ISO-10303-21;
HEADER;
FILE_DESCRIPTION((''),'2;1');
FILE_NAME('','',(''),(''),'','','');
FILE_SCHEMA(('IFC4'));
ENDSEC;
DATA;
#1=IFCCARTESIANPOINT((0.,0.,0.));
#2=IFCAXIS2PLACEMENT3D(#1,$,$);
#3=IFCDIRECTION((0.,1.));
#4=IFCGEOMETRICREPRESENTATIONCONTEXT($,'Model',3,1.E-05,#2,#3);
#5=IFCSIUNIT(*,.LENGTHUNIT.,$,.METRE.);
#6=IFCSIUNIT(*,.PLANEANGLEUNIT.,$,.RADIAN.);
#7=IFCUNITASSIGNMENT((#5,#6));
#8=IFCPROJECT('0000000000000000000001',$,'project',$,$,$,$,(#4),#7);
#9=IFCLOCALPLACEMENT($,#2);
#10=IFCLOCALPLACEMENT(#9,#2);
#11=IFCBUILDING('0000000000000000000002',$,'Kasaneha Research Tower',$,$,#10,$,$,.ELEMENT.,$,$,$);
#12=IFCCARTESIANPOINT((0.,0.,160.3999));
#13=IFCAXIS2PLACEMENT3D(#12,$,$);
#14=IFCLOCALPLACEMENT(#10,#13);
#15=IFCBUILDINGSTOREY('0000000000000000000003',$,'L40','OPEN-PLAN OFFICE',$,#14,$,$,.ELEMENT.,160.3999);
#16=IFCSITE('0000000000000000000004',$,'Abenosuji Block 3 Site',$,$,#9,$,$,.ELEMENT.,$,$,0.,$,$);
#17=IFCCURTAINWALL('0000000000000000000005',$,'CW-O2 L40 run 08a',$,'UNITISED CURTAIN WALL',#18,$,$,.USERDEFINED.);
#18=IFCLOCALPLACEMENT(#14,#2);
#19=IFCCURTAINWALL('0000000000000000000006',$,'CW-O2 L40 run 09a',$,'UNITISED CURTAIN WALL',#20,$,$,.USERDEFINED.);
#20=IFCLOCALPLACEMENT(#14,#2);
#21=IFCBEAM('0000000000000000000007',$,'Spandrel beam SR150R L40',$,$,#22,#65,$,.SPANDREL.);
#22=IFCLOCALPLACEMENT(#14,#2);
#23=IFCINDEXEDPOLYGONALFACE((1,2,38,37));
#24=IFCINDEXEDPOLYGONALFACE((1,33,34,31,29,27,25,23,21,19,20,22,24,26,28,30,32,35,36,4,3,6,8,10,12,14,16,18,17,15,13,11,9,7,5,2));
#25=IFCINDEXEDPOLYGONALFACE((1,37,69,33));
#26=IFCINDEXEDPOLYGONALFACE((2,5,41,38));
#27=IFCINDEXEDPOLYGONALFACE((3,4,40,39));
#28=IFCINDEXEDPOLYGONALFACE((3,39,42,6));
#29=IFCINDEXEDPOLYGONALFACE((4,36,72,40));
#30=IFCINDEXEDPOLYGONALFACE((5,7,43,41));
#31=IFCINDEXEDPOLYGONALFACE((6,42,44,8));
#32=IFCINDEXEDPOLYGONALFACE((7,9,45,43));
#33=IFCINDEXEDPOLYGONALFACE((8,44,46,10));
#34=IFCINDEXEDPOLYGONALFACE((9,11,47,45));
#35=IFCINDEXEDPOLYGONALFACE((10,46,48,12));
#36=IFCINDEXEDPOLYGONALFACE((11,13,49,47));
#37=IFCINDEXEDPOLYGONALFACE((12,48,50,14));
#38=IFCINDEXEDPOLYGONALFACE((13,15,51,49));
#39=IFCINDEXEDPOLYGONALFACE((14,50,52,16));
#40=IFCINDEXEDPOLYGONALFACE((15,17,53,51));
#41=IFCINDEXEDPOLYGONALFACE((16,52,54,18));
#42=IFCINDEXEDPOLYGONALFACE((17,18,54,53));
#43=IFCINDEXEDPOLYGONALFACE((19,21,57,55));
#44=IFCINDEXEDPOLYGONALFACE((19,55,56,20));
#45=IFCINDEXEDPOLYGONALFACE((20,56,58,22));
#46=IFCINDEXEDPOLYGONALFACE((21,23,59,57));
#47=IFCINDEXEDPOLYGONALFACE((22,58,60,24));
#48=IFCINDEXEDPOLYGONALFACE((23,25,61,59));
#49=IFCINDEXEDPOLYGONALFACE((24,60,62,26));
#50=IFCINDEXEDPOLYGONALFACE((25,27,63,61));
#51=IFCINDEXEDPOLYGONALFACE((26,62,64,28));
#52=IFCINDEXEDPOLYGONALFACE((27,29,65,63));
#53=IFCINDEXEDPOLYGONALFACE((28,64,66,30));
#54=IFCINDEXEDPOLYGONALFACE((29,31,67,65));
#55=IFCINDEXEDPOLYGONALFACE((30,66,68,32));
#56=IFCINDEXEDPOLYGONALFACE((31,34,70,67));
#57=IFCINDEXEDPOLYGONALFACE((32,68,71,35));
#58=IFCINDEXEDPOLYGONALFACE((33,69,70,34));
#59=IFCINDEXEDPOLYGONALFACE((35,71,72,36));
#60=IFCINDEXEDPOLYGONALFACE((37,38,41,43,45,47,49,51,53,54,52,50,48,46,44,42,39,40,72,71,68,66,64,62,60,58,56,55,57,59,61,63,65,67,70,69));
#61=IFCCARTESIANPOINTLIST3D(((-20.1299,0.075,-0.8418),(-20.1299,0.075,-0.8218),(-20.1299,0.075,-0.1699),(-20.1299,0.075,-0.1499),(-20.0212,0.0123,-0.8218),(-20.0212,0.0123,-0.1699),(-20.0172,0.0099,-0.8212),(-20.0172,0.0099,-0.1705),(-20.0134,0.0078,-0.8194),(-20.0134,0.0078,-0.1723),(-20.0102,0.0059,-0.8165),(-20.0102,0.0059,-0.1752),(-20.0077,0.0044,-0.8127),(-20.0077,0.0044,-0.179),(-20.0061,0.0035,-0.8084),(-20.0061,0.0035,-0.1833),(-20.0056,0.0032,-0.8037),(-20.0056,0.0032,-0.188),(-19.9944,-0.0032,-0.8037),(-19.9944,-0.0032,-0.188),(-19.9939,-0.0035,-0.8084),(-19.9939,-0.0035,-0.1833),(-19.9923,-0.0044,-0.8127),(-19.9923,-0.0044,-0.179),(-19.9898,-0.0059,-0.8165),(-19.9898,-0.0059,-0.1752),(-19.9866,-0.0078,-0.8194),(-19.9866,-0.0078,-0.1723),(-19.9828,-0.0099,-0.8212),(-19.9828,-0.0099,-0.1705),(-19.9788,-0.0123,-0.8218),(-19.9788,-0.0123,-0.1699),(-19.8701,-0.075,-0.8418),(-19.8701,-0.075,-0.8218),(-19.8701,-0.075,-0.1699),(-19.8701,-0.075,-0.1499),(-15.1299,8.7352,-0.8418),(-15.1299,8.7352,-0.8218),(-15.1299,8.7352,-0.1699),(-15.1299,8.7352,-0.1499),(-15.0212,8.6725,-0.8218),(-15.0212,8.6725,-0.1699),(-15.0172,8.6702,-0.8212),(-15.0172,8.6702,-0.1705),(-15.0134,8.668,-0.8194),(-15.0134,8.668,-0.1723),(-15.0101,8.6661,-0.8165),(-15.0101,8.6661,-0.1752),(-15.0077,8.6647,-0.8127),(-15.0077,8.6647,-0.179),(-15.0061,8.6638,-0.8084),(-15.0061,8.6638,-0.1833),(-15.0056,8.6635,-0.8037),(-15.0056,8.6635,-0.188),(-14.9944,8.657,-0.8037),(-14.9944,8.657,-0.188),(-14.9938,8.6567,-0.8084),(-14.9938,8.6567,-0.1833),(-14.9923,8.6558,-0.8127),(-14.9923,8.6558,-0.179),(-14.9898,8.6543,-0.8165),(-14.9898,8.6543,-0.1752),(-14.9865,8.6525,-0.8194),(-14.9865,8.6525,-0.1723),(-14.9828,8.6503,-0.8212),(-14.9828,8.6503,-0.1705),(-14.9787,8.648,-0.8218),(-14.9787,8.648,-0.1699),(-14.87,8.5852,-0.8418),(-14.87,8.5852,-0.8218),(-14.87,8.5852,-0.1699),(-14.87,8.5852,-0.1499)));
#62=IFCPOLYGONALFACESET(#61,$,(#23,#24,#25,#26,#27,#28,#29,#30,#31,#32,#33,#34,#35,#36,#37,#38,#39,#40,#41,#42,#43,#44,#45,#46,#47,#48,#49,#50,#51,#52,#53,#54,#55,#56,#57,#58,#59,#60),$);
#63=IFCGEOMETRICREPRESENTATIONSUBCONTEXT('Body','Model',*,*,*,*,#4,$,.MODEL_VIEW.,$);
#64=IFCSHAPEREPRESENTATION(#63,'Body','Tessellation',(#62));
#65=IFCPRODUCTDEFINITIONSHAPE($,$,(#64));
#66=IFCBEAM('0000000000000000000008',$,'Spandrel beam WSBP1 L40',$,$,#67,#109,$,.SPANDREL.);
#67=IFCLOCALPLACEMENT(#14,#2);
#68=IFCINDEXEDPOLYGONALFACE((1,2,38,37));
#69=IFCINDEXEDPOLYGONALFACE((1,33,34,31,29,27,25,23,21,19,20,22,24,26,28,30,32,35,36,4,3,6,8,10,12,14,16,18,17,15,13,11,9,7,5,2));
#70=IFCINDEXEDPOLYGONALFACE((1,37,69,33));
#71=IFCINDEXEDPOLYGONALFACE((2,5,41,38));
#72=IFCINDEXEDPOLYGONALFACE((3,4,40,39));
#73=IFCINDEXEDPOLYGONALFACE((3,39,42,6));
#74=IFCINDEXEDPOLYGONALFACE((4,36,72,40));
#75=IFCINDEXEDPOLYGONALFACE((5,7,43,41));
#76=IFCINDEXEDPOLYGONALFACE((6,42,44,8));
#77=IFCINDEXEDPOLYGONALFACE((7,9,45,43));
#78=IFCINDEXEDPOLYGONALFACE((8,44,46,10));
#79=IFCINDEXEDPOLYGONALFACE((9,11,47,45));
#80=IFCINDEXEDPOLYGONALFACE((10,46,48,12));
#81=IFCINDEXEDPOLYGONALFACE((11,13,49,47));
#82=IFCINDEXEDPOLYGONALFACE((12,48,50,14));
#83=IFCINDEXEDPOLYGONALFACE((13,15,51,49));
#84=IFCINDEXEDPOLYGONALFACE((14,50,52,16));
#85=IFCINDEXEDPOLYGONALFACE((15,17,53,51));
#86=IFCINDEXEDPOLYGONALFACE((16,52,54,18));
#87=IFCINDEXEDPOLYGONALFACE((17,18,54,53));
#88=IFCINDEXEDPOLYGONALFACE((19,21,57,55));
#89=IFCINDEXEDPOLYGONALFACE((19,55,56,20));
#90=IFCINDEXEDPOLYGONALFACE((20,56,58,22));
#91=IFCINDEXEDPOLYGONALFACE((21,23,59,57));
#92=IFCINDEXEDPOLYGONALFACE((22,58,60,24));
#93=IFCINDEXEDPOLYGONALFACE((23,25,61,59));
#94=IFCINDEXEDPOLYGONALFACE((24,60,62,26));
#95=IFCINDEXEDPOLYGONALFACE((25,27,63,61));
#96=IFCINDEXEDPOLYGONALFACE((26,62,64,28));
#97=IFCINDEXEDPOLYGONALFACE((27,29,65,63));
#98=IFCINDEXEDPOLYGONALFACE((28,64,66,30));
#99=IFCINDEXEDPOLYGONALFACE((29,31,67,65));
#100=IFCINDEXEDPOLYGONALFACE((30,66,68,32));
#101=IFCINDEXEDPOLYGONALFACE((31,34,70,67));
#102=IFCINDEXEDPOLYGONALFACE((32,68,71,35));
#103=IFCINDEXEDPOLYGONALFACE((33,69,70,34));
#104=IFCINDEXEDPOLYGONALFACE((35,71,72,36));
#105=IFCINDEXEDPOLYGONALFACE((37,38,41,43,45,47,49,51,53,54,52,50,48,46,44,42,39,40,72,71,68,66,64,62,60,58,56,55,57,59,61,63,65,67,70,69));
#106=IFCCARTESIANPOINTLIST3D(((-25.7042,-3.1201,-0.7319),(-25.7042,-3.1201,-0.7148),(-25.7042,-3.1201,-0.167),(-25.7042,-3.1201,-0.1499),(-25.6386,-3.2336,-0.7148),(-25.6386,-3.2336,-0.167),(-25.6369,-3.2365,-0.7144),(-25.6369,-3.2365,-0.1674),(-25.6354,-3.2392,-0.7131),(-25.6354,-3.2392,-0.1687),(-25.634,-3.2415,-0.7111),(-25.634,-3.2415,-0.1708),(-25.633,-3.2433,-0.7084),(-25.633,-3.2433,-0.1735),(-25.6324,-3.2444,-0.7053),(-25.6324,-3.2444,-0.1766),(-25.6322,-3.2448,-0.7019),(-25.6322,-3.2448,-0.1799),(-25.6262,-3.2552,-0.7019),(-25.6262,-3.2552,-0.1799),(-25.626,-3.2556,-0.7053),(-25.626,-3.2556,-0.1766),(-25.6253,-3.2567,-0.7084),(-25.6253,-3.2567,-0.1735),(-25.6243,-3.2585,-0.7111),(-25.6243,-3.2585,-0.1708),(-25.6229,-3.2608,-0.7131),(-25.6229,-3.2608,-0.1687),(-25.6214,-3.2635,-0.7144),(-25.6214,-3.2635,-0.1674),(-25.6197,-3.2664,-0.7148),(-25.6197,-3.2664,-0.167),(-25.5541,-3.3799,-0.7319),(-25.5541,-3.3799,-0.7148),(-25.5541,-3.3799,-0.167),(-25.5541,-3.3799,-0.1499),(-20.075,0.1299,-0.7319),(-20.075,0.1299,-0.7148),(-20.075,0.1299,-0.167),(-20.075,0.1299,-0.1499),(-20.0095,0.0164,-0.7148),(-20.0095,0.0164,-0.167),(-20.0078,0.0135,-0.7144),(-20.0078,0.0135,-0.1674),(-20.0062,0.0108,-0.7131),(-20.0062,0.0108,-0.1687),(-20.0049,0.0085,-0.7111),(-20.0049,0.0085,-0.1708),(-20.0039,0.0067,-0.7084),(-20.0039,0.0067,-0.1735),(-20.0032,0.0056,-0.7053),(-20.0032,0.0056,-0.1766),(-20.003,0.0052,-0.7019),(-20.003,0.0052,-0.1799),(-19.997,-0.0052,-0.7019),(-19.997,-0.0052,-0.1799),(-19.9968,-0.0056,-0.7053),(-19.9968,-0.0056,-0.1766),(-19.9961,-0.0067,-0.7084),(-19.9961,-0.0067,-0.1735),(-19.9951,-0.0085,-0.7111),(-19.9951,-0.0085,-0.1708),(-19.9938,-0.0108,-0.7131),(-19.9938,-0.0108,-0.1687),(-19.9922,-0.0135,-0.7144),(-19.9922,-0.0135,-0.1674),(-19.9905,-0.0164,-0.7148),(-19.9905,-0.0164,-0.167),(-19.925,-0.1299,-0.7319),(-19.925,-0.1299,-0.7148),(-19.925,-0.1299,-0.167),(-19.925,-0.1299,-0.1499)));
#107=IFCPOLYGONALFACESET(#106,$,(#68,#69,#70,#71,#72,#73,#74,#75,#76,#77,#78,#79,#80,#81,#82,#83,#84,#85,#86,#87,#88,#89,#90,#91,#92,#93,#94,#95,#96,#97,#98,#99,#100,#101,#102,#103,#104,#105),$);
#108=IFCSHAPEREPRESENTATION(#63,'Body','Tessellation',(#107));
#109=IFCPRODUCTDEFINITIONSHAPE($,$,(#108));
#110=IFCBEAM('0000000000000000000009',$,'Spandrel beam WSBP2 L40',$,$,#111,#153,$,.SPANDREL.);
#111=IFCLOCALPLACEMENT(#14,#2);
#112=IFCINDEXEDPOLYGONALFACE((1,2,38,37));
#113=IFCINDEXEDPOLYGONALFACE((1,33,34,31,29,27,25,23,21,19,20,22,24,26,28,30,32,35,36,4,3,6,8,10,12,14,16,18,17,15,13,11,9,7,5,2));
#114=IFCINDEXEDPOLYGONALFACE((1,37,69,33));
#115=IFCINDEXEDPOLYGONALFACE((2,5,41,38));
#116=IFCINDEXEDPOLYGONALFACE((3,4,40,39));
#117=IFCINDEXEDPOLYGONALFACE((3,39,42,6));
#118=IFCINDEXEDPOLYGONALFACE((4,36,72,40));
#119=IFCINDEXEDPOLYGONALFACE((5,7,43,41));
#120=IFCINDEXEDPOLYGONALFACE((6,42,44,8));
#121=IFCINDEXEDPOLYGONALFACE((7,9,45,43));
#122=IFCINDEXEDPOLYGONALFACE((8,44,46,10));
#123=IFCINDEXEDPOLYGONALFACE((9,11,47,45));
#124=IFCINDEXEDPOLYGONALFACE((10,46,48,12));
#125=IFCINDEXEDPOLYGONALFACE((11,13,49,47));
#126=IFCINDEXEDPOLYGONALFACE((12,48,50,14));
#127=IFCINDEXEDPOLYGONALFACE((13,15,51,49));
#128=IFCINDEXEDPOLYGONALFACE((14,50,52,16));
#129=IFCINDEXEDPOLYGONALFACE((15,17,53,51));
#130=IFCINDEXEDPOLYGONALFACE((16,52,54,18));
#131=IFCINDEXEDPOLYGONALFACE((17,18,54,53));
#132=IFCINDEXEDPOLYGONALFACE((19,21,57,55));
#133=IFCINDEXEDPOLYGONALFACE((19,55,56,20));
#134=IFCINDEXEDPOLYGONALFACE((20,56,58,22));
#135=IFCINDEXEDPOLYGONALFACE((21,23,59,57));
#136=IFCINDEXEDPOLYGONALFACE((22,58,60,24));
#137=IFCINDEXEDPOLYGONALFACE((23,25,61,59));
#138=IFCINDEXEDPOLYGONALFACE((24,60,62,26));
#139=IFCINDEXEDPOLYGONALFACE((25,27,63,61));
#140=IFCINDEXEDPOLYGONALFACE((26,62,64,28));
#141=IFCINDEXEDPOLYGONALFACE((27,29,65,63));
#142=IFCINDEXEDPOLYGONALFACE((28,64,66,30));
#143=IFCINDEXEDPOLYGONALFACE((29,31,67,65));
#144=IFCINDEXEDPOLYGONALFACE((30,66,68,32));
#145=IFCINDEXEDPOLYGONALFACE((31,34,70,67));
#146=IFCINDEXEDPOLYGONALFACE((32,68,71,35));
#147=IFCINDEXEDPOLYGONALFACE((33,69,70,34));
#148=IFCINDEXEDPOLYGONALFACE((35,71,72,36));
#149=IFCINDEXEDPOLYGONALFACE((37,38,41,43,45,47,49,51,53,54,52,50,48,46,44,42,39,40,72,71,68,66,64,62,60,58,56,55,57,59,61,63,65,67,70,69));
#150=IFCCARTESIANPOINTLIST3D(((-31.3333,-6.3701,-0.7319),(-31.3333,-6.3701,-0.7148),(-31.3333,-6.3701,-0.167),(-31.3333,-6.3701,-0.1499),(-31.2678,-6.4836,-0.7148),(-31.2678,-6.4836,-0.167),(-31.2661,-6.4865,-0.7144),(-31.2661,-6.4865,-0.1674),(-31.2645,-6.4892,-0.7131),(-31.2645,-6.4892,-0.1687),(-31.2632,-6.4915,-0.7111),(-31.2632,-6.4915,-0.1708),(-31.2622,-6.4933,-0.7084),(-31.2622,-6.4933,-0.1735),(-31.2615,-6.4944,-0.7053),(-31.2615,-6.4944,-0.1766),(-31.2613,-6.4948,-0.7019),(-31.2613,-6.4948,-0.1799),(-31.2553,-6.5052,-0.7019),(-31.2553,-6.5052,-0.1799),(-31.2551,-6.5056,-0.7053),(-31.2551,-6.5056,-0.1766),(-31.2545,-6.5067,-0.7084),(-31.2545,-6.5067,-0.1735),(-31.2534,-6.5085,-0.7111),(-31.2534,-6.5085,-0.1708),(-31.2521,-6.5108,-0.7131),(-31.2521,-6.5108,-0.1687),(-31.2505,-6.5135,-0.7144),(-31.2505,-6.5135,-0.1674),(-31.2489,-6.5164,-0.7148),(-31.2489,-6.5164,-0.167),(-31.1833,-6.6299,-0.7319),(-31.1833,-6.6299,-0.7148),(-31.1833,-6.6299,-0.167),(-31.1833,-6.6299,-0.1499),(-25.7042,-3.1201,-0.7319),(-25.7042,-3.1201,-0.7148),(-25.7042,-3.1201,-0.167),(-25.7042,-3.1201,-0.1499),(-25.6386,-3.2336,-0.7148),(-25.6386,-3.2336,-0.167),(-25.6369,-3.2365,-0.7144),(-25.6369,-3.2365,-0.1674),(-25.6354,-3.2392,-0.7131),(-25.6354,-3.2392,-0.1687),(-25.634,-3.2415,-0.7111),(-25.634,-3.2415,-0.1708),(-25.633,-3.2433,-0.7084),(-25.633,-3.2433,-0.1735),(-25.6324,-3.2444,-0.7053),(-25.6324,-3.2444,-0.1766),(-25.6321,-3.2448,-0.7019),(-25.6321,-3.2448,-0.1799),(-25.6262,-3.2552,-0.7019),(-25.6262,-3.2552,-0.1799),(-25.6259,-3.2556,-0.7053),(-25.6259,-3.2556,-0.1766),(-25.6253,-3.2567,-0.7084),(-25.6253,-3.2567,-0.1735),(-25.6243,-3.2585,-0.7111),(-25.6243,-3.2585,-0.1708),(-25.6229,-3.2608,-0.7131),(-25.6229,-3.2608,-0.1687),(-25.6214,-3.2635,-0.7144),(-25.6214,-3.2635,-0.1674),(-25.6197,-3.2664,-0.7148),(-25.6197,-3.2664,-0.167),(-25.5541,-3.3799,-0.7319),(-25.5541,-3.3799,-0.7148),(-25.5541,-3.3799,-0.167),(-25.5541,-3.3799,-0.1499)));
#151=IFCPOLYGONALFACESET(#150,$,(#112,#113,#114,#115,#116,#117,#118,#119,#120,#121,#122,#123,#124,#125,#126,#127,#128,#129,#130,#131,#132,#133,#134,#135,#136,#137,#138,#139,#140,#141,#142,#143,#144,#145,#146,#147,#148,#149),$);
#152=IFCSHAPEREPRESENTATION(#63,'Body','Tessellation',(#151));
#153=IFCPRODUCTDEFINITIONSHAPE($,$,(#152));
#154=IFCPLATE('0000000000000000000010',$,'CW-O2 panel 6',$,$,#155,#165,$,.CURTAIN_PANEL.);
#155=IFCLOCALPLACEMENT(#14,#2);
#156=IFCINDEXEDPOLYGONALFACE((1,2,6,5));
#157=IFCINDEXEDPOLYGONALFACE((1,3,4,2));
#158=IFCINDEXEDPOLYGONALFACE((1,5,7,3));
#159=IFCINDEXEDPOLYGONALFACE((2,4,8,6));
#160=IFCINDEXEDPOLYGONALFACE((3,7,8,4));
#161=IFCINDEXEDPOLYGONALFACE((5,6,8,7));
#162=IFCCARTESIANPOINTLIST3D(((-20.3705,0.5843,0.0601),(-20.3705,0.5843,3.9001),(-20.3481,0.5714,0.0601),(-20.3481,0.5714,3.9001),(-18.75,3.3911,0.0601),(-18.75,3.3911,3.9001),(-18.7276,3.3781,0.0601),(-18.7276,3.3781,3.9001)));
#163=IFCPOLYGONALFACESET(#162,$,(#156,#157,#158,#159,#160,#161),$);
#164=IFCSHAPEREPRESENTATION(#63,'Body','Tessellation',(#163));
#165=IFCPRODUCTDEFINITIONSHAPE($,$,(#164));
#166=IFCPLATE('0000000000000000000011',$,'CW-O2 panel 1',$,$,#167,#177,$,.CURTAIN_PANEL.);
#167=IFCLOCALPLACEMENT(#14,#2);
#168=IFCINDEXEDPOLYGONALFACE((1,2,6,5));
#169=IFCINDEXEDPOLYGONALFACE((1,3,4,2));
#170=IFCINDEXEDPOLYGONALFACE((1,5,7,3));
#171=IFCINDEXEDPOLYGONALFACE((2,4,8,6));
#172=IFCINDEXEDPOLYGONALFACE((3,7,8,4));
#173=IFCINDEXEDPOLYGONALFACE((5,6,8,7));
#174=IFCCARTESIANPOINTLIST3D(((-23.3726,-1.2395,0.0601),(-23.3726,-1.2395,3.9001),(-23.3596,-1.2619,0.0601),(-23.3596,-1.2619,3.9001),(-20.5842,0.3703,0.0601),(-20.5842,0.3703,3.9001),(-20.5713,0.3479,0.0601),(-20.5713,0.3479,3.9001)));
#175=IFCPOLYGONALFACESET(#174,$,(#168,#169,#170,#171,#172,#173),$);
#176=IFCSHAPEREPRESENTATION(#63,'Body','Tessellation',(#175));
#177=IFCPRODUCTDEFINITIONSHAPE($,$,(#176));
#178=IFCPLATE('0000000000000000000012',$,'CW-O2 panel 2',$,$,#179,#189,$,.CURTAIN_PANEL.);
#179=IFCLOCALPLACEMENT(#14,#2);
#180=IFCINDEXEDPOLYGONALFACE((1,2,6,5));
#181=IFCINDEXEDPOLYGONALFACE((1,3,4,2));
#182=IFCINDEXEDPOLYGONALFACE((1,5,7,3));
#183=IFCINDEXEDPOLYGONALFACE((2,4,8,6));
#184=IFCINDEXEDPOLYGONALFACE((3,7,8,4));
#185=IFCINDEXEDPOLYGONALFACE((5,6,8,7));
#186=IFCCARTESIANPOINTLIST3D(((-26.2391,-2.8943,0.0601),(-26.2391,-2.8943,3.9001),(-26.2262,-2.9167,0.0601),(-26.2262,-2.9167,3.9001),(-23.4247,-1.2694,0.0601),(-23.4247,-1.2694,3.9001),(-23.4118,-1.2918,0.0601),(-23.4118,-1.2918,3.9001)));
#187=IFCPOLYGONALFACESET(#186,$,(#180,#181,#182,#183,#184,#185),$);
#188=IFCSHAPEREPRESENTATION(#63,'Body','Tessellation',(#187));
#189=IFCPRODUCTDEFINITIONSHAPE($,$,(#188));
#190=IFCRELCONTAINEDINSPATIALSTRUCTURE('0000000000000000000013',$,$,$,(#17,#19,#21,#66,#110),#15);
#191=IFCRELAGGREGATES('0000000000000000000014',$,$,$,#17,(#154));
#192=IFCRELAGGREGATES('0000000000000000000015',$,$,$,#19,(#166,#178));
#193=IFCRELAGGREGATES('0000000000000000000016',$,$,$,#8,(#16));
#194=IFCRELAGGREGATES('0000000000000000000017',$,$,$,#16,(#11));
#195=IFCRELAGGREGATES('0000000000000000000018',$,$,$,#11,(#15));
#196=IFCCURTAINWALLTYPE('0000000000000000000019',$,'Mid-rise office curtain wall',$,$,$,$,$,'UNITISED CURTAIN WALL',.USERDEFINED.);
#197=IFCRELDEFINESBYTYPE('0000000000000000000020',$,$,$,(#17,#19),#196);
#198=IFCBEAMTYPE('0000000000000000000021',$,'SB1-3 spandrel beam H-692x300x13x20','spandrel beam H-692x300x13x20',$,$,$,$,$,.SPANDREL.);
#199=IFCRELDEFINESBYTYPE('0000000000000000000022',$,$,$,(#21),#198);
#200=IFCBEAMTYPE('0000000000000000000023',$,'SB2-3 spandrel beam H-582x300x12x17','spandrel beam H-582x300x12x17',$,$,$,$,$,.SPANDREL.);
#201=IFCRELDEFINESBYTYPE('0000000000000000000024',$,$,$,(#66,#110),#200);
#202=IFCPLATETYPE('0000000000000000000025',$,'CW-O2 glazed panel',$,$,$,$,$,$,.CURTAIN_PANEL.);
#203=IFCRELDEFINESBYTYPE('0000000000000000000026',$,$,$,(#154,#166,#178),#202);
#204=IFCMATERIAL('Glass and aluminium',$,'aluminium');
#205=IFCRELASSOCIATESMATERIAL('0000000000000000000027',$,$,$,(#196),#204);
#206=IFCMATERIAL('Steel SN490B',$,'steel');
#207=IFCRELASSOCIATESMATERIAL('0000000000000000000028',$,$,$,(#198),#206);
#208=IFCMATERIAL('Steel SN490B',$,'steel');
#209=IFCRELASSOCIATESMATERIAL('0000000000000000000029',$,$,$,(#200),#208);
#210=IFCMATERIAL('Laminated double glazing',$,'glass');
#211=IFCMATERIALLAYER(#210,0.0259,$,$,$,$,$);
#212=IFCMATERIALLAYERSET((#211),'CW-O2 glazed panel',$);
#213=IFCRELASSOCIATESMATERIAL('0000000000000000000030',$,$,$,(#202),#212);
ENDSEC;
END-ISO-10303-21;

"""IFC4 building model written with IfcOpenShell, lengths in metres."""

from ifc_helpers import new_model, si_unit, direction, frame, origin, origin_2d, place, context, subcontext, project, spatial, rectangle, i_section, extrude, material, layer, layer_set, material_profile, profile_set, type_object, element, aggregate, save


model = new_model("IFC4")

# Units and contexts
model_context = context("Model", 3, precision=1e-05, world=origin(), true_north=direction((0.0, 1.0)))
body_context = subcontext(model_context, "Body", "Model", "MODEL_VIEW")
ifc_project = project(units=[si_unit("LENGTHUNIT", "METRE"), si_unit("PLANEANGLEUNIT", "RADIAN")], contexts=[model_context])

# Site, building, storey
site_placement = place(None, origin())
site = spatial("IfcSite", under=ifc_project, at=site_placement, Name="Abenosuji Block 3 Site", CompositionType="ELEMENT", RefElevation=0.0)
building_placement = place(site_placement, origin())
building = spatial("IfcBuilding", under=site, at=building_placement, Name="Kasaneha Research Tower", CompositionType="ELEMENT")
storey_placement = place(building_placement, frame((0.0, 0.0, 160.3999)))
storey = spatial("IfcBuildingStorey", under=building, at=storey_placement, Name="L40", Description="OPEN-PLAN OFFICE", CompositionType="ELEMENT", Elevation=160.3999)

# Curtain wall
ifc_material_1 = material(Name="Glass and aluminium", Category="aluminium")
curtain_wall_type = type_object("IfcCurtainWallType", Name="Mid-rise office curtain wall", ElementType="UNITISED CURTAIN WALL", PredefinedType="USERDEFINED", material=ifc_material_1)
curtain_wall_1_placement = place(storey_placement, origin())
curtain_wall_1 = element("IfcCurtainWall", 1, at=curtain_wall_1_placement, inside=storey, type_object=curtain_wall_type, Name="CW-O2 L40 run 08a", ObjectType="UNITISED CURTAIN WALL", PredefinedType="USERDEFINED")

# Curtain wall
curtain_wall_2_placement = place(storey_placement, origin())
curtain_wall_2 = element("IfcCurtainWall", 2, at=curtain_wall_2_placement, inside=storey, type_object=curtain_wall_type, Name="CW-O2 L40 run 09a", ObjectType="UNITISED CURTAIN WALL", PredefinedType="USERDEFINED")

# Beams
ifc_material_2 = material(Name="Steel SN490B", Category="steel")
ifc_material_profile_1 = material_profile(ifc_material_2, i_section(OverallWidth=0.3, OverallDepth=0.6919, WebThickness=0.0129, FlangeThickness=0.02, FilletRadius=0.0181, at=origin_2d()), Name="H-692x300x13x20")
ifc_profile_set_1 = profile_set([ifc_material_profile_1], Name="Steel SN490B")
beam_type_1 = type_object("IfcBeamType", Name="SB1-3 spandrel beam H-692x300x13x20", Description="spandrel beam H-692x300x13x20", PredefinedType="SPANDREL", material=ifc_profile_set_1)
beam_1_placement = place(storey_placement, frame((-20.0, 0.0, -0.4958), z_axis=(0.500004, 0.866023, 0.0), x_axis=(-0.866023, 0.500004, 0.0)))
element("IfcBeam", 3, at=beam_1_placement, inside=storey, type_object=beam_type_1, Name="Spandrel beam SR150R L40", PredefinedType="SPANDREL", context=body_context, shape_type="SweptSolid", body=[
    extrude(i_section(OverallWidth=0.3, OverallDepth=0.6919, WebThickness=0.0129, FlangeThickness=0.02, FilletRadius=0.0181, at=origin_2d()), origin(), (0.0, 0.0, 1.0), 10.0),
])
ifc_material_3 = material(Name="Steel SN490B", Category="steel")
ifc_material_profile_2 = material_profile(ifc_material_3, i_section(OverallWidth=0.3, OverallDepth=0.582, WebThickness=0.012, FlangeThickness=0.0171, FilletRadius=0.0129, at=origin_2d()), Name="H-582x300x12x17")
ifc_profile_set_2 = profile_set([ifc_material_profile_2], Name="Steel SN490B")
beam_type_2 = type_object("IfcBeamType", Name="SB2-3 spandrel beam H-582x300x12x17", Description="spandrel beam H-582x300x12x17", PredefinedType="SPANDREL", material=ifc_profile_set_2)
for number, where, z_axis, x_axis, name in (
    (4, (-20.0, 0.0, -0.4409), (-0.866025, -0.500001, 0.0), (0.500001, -0.866025, 0.0), "Spandrel beam WSBP1 L40"),
    (5, (-25.6292, -3.25, -0.4409), (-0.866025, -0.500001, 0.0), (0.500001, -0.866025, 0.0), "Spandrel beam WSBP2 L40"),
):
    element("IfcBeam", number, at=place(storey_placement, frame(where, z_axis=z_axis, x_axis=x_axis)), inside=storey, type_object=beam_type_2, Name=name, PredefinedType="SPANDREL", context=body_context, shape_type="SweptSolid", body=[
        extrude(i_section(OverallWidth=0.3, OverallDepth=0.582, WebThickness=0.012, FlangeThickness=0.0171, FilletRadius=0.0129, at=origin_2d()), origin(), (0.0, 0.0, 1.0), 6.5),
    ])

# Plates
ifc_material_4 = material(Name="Laminated double glazing", Category="glass")
ifc_layer_1 = layer(ifc_material_4, 0.0259)
ifc_layer_set_1 = layer_set([ifc_layer_1], Name="CW-O2 glazed panel")
plate_type = type_object("IfcPlateType", Name="CW-O2 glazed panel", PredefinedType="CURTAIN_PANEL", material=ifc_layer_set_1)
plate_1_placement = place(storey_placement, frame((-19.5491, 1.9812, 0.0601), z_axis=(0.0, 0.0, 1.0), x_axis=(-0.5, -0.866025, 0.0)))
plate_1 = element("IfcPlate", 6, at=plate_1_placement, type_object=plate_type, Name="CW-O2 panel 6", PredefinedType="CURTAIN_PANEL", context=body_context, shape_type="SweptSolid", body=[
    extrude(rectangle(XDim=3.241, YDim=0.0259, at=origin_2d()), origin(), (0.0, 0.0, 1.0), 3.8401),
])
aggregate(curtain_wall_1, [plate_1])
plate_2_placement = place(storey_placement, frame((-21.9719, -0.4458, 0.0601), z_axis=(0.0, 0.0, 1.0), x_axis=(-0.866025, -0.5, 0.0)))
plate_2 = element("IfcPlate", 7, at=plate_2_placement, type_object=plate_type, Name="CW-O2 panel 1", PredefinedType="CURTAIN_PANEL", context=body_context, shape_type="SweptSolid", body=[
    extrude(rectangle(XDim=3.2197, YDim=0.0259, at=origin_2d()), origin(), (0.0, 0.0, 1.0), 3.8401),
])
plate_3_placement = place(storey_placement, frame((-24.8254, -2.093, 0.0601), z_axis=(0.0, 0.0, 1.0), x_axis=(-0.866025, -0.5, 0.0)))
plate_3 = element("IfcPlate", 8, at=plate_3_placement, type_object=plate_type, Name="CW-O2 panel 2", PredefinedType="CURTAIN_PANEL", context=body_context, shape_type="SweptSolid", body=[
    extrude(rectangle(XDim=3.2498, YDim=0.0259, at=origin_2d()), origin(), (0.0, 0.0, 1.0), 3.8401),
])
aggregate(curtain_wall_2, [plate_2, plate_3])

save(model, "model.ifc")
